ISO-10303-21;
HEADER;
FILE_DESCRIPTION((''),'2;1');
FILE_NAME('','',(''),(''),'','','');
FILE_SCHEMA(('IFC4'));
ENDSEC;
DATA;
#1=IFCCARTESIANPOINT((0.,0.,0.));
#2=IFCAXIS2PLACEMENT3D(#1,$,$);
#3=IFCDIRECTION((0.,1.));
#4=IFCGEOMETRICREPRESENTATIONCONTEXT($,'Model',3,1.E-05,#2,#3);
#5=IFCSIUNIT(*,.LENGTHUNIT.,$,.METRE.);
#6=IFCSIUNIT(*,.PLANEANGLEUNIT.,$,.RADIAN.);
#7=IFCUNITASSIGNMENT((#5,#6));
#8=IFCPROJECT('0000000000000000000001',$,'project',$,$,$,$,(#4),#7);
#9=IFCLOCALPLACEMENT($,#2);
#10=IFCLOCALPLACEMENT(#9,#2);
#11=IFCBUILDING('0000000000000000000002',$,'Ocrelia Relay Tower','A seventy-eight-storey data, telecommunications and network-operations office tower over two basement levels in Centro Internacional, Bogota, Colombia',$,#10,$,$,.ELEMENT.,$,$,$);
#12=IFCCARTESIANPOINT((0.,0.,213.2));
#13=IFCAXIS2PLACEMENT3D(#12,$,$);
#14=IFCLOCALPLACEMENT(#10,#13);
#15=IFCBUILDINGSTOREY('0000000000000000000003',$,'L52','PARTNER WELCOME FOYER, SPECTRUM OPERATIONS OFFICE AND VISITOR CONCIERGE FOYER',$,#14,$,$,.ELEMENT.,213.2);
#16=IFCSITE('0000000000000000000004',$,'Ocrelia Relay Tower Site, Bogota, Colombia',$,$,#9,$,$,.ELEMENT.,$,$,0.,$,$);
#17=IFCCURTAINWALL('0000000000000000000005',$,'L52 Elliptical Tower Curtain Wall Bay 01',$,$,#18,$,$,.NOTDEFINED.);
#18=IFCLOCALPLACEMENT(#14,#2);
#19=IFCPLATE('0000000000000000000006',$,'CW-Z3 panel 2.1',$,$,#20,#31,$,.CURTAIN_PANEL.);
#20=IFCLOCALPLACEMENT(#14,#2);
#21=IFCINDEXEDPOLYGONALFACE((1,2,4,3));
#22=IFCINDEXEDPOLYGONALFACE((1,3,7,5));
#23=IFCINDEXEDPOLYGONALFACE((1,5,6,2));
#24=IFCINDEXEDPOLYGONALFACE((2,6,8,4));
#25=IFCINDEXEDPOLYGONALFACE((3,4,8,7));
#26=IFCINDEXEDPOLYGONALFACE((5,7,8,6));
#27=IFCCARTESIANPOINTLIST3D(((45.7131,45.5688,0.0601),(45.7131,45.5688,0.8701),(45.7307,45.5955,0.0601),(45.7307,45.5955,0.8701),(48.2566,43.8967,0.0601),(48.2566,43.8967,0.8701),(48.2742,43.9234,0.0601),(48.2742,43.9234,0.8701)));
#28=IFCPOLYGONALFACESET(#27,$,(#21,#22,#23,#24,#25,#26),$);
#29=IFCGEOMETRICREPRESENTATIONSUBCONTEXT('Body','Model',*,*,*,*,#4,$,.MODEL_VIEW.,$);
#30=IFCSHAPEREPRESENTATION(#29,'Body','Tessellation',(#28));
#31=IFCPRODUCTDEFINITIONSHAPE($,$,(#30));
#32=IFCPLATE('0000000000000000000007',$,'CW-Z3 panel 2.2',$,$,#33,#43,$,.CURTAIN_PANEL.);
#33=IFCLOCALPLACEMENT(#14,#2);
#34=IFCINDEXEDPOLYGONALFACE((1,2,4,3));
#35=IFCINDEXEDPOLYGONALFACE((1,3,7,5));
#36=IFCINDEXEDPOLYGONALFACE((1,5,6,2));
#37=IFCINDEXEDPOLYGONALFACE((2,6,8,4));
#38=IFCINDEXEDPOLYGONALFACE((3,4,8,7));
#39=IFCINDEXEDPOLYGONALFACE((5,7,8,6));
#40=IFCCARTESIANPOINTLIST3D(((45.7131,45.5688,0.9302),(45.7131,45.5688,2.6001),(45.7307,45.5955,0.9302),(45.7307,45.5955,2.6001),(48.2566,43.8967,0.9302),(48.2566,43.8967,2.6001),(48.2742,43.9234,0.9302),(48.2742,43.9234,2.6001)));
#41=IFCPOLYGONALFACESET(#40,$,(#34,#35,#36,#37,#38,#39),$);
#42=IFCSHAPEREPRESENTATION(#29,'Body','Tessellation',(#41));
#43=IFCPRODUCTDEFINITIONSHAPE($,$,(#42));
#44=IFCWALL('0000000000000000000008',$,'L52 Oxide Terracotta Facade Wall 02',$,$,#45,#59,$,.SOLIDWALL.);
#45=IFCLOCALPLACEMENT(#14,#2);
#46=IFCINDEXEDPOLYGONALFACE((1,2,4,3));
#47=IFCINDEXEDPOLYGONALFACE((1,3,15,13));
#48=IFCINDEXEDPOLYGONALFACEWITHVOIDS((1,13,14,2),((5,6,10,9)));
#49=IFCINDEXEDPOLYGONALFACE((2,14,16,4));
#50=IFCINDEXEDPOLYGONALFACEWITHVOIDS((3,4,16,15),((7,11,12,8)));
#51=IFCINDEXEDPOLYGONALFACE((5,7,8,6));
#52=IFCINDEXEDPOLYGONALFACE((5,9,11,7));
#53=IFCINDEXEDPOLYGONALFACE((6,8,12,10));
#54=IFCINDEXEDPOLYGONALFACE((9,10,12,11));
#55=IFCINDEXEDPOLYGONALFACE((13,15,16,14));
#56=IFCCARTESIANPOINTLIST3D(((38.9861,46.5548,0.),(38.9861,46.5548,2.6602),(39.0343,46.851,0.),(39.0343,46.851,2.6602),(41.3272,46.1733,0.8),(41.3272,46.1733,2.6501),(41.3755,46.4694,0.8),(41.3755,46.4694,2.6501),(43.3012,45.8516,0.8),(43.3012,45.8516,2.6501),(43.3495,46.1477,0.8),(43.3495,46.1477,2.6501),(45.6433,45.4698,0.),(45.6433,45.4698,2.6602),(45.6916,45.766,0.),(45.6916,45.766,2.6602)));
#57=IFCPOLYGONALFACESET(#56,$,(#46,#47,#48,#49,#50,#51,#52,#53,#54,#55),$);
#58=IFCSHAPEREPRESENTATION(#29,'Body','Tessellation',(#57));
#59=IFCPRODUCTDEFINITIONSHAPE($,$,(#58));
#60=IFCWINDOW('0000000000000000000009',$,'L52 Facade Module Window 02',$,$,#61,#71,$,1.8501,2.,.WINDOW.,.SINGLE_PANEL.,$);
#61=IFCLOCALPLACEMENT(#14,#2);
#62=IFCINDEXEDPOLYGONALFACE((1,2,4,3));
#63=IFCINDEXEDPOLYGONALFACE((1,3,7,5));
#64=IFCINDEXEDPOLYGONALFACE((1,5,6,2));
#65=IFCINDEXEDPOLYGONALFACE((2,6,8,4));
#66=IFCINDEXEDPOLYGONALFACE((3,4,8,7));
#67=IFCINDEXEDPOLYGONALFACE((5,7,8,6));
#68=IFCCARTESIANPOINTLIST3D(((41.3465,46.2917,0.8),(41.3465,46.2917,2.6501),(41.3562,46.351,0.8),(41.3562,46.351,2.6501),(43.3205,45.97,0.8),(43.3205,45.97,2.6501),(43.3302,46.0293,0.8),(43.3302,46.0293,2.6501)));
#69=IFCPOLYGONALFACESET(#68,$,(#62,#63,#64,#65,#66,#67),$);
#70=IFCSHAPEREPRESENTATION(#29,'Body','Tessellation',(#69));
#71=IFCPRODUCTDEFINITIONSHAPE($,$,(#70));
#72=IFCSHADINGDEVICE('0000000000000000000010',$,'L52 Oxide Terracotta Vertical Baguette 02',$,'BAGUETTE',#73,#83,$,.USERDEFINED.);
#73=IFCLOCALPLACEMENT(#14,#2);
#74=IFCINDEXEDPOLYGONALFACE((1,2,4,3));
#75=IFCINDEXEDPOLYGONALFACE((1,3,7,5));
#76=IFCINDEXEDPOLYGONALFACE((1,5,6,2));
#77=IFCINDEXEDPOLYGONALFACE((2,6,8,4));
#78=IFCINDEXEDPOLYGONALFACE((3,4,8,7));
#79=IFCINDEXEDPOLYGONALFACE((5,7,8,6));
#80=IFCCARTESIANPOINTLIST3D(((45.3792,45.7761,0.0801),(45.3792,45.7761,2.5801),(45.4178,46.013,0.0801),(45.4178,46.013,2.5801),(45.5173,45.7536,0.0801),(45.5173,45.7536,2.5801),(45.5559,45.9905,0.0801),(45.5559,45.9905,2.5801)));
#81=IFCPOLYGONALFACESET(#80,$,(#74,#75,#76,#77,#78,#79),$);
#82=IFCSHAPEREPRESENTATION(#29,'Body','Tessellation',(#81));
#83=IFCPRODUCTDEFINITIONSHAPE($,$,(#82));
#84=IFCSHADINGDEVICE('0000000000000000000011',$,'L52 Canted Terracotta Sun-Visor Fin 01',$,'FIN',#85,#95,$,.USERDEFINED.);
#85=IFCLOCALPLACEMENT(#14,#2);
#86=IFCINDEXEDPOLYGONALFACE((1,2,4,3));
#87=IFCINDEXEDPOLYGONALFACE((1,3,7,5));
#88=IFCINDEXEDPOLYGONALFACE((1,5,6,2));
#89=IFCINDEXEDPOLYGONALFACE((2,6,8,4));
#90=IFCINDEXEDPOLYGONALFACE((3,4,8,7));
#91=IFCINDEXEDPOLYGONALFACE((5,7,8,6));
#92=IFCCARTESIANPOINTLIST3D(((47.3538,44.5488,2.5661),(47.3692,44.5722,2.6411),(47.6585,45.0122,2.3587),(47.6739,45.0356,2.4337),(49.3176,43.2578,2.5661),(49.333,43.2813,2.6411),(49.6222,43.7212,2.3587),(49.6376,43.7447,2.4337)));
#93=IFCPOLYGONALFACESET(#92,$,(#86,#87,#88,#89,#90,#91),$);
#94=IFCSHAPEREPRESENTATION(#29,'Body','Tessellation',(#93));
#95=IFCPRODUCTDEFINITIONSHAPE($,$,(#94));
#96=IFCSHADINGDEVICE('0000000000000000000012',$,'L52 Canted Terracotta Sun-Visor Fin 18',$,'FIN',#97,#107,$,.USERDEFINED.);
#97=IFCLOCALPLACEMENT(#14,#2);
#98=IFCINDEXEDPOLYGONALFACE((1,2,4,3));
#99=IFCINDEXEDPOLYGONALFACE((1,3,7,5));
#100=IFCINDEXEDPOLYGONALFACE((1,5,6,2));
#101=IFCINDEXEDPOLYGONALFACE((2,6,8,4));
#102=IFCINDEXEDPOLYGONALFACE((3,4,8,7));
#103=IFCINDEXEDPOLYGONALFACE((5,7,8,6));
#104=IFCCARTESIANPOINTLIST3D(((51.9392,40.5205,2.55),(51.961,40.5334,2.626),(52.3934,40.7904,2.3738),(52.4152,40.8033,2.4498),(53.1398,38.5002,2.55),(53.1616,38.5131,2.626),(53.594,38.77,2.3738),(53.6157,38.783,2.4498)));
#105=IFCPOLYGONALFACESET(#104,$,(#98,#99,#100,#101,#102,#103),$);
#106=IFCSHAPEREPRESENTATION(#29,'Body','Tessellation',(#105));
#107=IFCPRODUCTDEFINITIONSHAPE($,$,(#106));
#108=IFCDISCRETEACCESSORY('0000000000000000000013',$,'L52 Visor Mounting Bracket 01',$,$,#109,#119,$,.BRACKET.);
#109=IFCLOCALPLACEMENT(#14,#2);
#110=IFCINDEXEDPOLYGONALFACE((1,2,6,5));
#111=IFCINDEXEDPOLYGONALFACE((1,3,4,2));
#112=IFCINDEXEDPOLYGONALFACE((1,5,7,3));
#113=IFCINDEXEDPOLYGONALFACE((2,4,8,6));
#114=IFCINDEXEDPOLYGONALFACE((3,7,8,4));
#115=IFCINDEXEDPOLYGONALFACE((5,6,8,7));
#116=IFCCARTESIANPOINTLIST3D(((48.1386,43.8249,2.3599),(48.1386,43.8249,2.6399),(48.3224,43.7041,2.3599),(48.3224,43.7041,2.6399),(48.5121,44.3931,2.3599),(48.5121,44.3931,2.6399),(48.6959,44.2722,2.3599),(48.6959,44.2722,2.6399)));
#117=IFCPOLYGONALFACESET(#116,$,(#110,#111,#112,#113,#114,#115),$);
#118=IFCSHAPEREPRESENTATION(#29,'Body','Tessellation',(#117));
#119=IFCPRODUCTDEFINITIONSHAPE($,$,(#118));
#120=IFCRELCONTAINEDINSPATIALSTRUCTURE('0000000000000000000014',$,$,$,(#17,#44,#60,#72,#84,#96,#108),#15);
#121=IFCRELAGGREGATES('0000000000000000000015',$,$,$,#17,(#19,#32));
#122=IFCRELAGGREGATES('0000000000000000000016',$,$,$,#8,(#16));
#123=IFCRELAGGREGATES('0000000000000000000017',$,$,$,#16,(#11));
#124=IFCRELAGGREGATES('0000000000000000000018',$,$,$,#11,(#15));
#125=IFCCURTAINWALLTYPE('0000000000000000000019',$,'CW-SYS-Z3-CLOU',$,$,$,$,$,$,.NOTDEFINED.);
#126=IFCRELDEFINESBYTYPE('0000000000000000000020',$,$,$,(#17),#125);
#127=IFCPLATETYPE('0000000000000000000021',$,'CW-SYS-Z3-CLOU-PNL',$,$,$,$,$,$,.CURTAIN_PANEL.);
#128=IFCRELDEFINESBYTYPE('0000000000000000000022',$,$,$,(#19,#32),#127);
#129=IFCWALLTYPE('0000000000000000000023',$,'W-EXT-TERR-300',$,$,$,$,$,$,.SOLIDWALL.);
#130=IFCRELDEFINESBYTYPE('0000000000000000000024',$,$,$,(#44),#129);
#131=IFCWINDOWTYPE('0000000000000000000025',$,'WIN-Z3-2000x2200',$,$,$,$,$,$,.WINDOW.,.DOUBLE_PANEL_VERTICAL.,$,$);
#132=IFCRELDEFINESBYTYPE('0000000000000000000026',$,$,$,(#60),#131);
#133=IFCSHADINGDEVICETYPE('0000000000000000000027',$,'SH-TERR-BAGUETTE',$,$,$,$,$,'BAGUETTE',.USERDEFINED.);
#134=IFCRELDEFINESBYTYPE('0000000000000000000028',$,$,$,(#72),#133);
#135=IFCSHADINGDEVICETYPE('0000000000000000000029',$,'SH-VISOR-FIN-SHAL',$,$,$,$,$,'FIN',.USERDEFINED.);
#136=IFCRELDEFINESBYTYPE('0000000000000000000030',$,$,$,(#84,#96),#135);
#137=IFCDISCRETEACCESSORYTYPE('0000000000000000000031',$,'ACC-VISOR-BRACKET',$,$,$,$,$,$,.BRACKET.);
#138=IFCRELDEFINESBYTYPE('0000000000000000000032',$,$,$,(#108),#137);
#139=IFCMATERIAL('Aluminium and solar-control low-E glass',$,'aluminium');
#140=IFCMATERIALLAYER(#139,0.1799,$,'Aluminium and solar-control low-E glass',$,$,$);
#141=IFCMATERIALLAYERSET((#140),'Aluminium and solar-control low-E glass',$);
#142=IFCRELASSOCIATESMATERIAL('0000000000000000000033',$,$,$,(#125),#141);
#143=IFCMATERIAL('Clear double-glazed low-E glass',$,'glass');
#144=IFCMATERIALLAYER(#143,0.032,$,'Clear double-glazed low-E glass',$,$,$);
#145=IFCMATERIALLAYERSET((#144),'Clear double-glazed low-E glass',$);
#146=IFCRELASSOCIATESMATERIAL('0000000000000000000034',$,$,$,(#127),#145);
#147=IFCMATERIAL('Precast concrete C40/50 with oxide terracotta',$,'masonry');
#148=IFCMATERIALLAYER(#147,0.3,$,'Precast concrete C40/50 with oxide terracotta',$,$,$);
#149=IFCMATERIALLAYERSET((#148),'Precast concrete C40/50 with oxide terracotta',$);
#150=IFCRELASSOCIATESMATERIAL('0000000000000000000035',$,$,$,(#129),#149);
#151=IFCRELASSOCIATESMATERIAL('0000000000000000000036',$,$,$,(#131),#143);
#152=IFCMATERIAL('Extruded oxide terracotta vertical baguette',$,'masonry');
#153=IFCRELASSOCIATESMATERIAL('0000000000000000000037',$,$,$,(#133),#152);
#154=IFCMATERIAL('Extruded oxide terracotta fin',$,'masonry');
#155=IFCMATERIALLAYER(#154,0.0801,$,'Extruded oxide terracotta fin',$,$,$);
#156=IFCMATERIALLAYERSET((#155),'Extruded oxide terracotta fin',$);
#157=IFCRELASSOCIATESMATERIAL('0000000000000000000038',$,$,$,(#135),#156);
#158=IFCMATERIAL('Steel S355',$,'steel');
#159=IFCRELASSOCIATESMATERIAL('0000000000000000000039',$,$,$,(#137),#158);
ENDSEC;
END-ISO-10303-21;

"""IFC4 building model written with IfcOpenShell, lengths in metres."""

from ifc_helpers import new_model, si_unit, direction, frame, frame_2d, origin, origin_2d, place, context, subcontext, project, spatial, rectangle, extrude, material, layer, layer_set, type_object, element, fill, aggregate, save


model = new_model("IFC4")

# Units and contexts
model_context = context("Model", 3, precision=1e-05, world=origin(), true_north=direction((0.0, 1.0)))
body_context = subcontext(model_context, "Body", "Model", "MODEL_VIEW")
ifc_project = project(units=[si_unit("LENGTHUNIT", "METRE"), si_unit("PLANEANGLEUNIT", "RADIAN")], contexts=[model_context])

# Site, building, storey
site_placement = place(None, origin())
site = spatial("IfcSite", under=ifc_project, at=site_placement, Name="Ocrelia Relay Tower Site, Bogota, Colombia", CompositionType="ELEMENT", RefElevation=0.0)
building_placement = place(site_placement, origin())
building = spatial("IfcBuilding", under=site, at=building_placement, Name="Ocrelia Relay Tower", Description="A seventy-eight-storey data, telecommunications and network-operations office tower over two basement levels in Centro Internacional, Bogota, Colombia", CompositionType="ELEMENT")
storey_placement = place(building_placement, frame((0.0, 0.0, 213.2)))
storey = spatial("IfcBuildingStorey", under=building, at=storey_placement, Name="L52", Description="PARTNER WELCOME FOYER, SPECTRUM OPERATIONS OFFICE AND VISITOR CONCIERGE FOYER", CompositionType="ELEMENT", Elevation=213.2)

# Curtain wall, plates
ifc_material_1 = material(Name="Aluminium and solar-control low-E glass", Category="aluminium")
ifc_layer_1 = layer(ifc_material_1, 0.1799, Name="Aluminium and solar-control low-E glass")
ifc_layer_set_1 = layer_set([ifc_layer_1], Name="Aluminium and solar-control low-E glass")
curtain_wall_type = type_object("IfcCurtainWallType", Name="CW-SYS-Z3-CLOU", PredefinedType="NOTDEFINED", material=ifc_layer_set_1)
curtain_wall_placement = place(storey_placement, origin())
curtain_wall = element("IfcCurtainWall", 1, at=curtain_wall_placement, inside=storey, type_object=curtain_wall_type, Name="L52 Elliptical Tower Curtain Wall Bay 01", PredefinedType="NOTDEFINED")
ifc_material_2 = material(Name="Clear double-glazed low-E glass", Category="glass")
ifc_layer_2 = layer(ifc_material_2, 0.032, Name="Clear double-glazed low-E glass")
ifc_layer_set_2 = layer_set([ifc_layer_2], Name="Clear double-glazed low-E glass")
plate_type = type_object("IfcPlateType", Name="CW-SYS-Z3-CLOU-PNL", PredefinedType="CURTAIN_PANEL", material=ifc_layer_set_2)
plate_1_placement = place(storey_placement, frame((46.9937, 44.7461, 0.0601), z_axis=(0.0, 0.0, 1.0), x_axis=(-0.835613, 0.549319, 0.0)))
plate_1 = element("IfcPlate", 2, at=plate_1_placement, type_object=plate_type, Name="CW-Z3 panel 2.1", PredefinedType="CURTAIN_PANEL", context=body_context, shape_type="SweptSolid", body=[
    extrude(rectangle(XDim=3.0439, YDim=0.032, at=origin_2d()), origin(), (0.0, 0.0, 1.0), 0.8101),
])
plate_2_placement = place(storey_placement, frame((46.9937, 44.7461, 0.9302), z_axis=(0.0, 0.0, 1.0), x_axis=(-0.835613, 0.549319, 0.0)))
plate_2 = element("IfcPlate", 3, at=plate_2_placement, type_object=plate_type, Name="CW-Z3 panel 2.2", PredefinedType="CURTAIN_PANEL", context=body_context, shape_type="SweptSolid", body=[
    extrude(rectangle(XDim=3.0439, YDim=0.032, at=origin_2d()), origin(), (0.0, 0.0, 1.0), 1.6699),
])
aggregate(curtain_wall, [plate_1, plate_2])

# Wall, opening, window
ifc_material_3 = material(Name="Precast concrete C40/50 with oxide terracotta", Category="masonry")
ifc_layer_3 = layer(ifc_material_3, 0.3, Name="Precast concrete C40/50 with oxide terracotta")
ifc_layer_set_3 = layer_set([ifc_layer_3], Name="Precast concrete C40/50 with oxide terracotta")
wall_type = type_object("IfcWallType", Name="W-EXT-TERR-300", PredefinedType="SOLIDWALL", material=ifc_layer_set_3)
wall_placement = place(storey_placement, frame((45.6675, 45.6179, 0.0), z_axis=(0.0, 0.0, 1.0), x_axis=(-0.986978, 0.160853, 0.0)))
wall = element("IfcWall", 4, at=wall_placement, inside=storey, type_object=wall_type, Name="L52 Oxide Terracotta Facade Wall 02", PredefinedType="SOLIDWALL", context=body_context, shape_type="SweptSolid", body=[
    extrude(rectangle(XDim=6.7451, YDim=0.3, at=frame_2d((3.3726, 0.0))), origin(), (0.0, 0.0, 1.0), 2.6602),
])
opening_placement = place(wall_placement, frame((2.373, 0.0, 0.8)))
opening = element("IfcOpeningElement", 5, at=opening_placement, cuts=wall, PredefinedType="OPENING", context=body_context, shape_type="SweptSolid", body=[
    extrude(rectangle(XDim=2.0, YDim=1.8501, at=frame_2d((1.0, 0.925))), frame((0.0, 0.1602, 0.0), z_axis=(0.0, -1.0, 0.0), x_axis=(1.0, 0.0, 0.0)), (0.0, 0.0, 1.0), 0.3201),
])
window_type = type_object("IfcWindowType", Name="WIN-Z3-2000x2200", PartitioningType="DOUBLE_PANEL_VERTICAL", PredefinedType="WINDOW", material=ifc_material_2)
window_placement = place(opening_placement, origin())
window = element("IfcWindow", 6, at=window_placement, inside=storey, type_object=window_type, Name="L52 Facade Module Window 02", OverallHeight=1.8501, OverallWidth=2.0, PartitioningType="SINGLE_PANEL", PredefinedType="WINDOW", context=body_context, shape_type="SweptSolid", body=[
    extrude(rectangle(XDim=2.0, YDim=1.8501, at=frame_2d((1.0, 0.925))), frame((0.0, 0.03, 0.0), z_axis=(0.0, -1.0, 0.0), x_axis=(1.0, 0.0, 0.0)), (0.0, 0.0, 1.0), 0.0601),
])
fill(opening, window)

# Shading devices
ifc_material_4 = material(Name="Extruded oxide terracotta vertical baguette", Category="masonry")
shading_device_type_1 = type_object("IfcShadingDeviceType", Name="SH-TERR-BAGUETTE", ElementType="BAGUETTE", PredefinedType="USERDEFINED", material=ifc_material_4)
shading_device_1_placement = place(storey_placement, frame((45.4675, 45.8833, 0.0801), z_axis=(0.0, 0.0, 1.0), x_axis=(-0.986977, 0.160859, 0.0)))
element("IfcShadingDevice", 7, at=shading_device_1_placement, inside=storey, type_object=shading_device_type_1, Name="L52 Oxide Terracotta Vertical Baguette 02", ObjectType="BAGUETTE", PredefinedType="USERDEFINED", context=body_context, shape_type="SweptSolid", body=[
    extrude(rectangle(XDim=0.1399, YDim=0.24, at=origin_2d()), origin(), (0.0, 0.0, 1.0), 2.5),
])
ifc_material_5 = material(Name="Extruded oxide terracotta fin", Category="masonry")
ifc_layer_4 = layer(ifc_material_5, 0.0801, Name="Extruded oxide terracotta fin")
ifc_layer_set_4 = layer_set([ifc_layer_4], Name="Extruded oxide terracotta fin")
shading_device_type_2 = type_object("IfcShadingDeviceType", Name="SH-VISOR-FIN-SHAL", ElementType="FIN", PredefinedType="USERDEFINED", material=ifc_layer_set_4)
shading_device_2_placement = place(storey_placement, frame((48.488, 44.135, 2.4624), z_axis=(0.192375, 0.292638, 0.936672), x_axis=(-0.835613, 0.549319, 0.0)))
element("IfcShadingDevice", 8, at=shading_device_2_placement, inside=storey, type_object=shading_device_type_2, Name="L52 Canted Terracotta Sun-Visor Fin 01", ObjectType="FIN", PredefinedType="USERDEFINED", context=body_context, shape_type="SweptSolid", body=[
    extrude(rectangle(XDim=2.3501, YDim=0.592, at=origin_2d()), origin(), (0.0, 0.0, 1.0), 0.0801),
])
shading_device_3_placement = place(storey_placement, frame((52.7666, 39.6453, 2.4619), z_axis=(0.271923, 0.161588, 0.948655), x_axis=(-0.510851, 0.859669, 0.0)))
element("IfcShadingDevice", 9, at=shading_device_3_placement, inside=storey, type_object=shading_device_type_2, Name="L52 Canted Terracotta Sun-Visor Fin 18", ObjectType="FIN", PredefinedType="USERDEFINED", context=body_context, shape_type="SweptSolid", body=[
    extrude(rectangle(XDim=2.3501, YDim=0.5569, at=origin_2d()), origin(), (0.0, 0.0, 1.0), 0.0801),
])

# Discrete accessory
ifc_material_6 = material(Name="Steel S355", Category="steel")
discrete_accessory_type = type_object("IfcDiscreteAccessoryType", Name="ACC-VISOR-BRACKET", PredefinedType="BRACKET", material=ifc_material_6)
discrete_accessory_placement = place(storey_placement, frame((48.4172, 44.0486, 2.3599), z_axis=(0.0, 0.0, 1.0), x_axis=(-0.835613, 0.549319, 0.0)))
element("IfcDiscreteAccessory", 10, at=discrete_accessory_placement, inside=storey, type_object=discrete_accessory_type, Name="L52 Visor Mounting Bracket 01", PredefinedType="BRACKET", context=body_context, shape_type="SweptSolid", body=[
    extrude(rectangle(XDim=0.22, YDim=0.6799, at=origin_2d()), origin(), (0.0, 0.0, 1.0), 0.28),
])

save(model, "model.ifc")
